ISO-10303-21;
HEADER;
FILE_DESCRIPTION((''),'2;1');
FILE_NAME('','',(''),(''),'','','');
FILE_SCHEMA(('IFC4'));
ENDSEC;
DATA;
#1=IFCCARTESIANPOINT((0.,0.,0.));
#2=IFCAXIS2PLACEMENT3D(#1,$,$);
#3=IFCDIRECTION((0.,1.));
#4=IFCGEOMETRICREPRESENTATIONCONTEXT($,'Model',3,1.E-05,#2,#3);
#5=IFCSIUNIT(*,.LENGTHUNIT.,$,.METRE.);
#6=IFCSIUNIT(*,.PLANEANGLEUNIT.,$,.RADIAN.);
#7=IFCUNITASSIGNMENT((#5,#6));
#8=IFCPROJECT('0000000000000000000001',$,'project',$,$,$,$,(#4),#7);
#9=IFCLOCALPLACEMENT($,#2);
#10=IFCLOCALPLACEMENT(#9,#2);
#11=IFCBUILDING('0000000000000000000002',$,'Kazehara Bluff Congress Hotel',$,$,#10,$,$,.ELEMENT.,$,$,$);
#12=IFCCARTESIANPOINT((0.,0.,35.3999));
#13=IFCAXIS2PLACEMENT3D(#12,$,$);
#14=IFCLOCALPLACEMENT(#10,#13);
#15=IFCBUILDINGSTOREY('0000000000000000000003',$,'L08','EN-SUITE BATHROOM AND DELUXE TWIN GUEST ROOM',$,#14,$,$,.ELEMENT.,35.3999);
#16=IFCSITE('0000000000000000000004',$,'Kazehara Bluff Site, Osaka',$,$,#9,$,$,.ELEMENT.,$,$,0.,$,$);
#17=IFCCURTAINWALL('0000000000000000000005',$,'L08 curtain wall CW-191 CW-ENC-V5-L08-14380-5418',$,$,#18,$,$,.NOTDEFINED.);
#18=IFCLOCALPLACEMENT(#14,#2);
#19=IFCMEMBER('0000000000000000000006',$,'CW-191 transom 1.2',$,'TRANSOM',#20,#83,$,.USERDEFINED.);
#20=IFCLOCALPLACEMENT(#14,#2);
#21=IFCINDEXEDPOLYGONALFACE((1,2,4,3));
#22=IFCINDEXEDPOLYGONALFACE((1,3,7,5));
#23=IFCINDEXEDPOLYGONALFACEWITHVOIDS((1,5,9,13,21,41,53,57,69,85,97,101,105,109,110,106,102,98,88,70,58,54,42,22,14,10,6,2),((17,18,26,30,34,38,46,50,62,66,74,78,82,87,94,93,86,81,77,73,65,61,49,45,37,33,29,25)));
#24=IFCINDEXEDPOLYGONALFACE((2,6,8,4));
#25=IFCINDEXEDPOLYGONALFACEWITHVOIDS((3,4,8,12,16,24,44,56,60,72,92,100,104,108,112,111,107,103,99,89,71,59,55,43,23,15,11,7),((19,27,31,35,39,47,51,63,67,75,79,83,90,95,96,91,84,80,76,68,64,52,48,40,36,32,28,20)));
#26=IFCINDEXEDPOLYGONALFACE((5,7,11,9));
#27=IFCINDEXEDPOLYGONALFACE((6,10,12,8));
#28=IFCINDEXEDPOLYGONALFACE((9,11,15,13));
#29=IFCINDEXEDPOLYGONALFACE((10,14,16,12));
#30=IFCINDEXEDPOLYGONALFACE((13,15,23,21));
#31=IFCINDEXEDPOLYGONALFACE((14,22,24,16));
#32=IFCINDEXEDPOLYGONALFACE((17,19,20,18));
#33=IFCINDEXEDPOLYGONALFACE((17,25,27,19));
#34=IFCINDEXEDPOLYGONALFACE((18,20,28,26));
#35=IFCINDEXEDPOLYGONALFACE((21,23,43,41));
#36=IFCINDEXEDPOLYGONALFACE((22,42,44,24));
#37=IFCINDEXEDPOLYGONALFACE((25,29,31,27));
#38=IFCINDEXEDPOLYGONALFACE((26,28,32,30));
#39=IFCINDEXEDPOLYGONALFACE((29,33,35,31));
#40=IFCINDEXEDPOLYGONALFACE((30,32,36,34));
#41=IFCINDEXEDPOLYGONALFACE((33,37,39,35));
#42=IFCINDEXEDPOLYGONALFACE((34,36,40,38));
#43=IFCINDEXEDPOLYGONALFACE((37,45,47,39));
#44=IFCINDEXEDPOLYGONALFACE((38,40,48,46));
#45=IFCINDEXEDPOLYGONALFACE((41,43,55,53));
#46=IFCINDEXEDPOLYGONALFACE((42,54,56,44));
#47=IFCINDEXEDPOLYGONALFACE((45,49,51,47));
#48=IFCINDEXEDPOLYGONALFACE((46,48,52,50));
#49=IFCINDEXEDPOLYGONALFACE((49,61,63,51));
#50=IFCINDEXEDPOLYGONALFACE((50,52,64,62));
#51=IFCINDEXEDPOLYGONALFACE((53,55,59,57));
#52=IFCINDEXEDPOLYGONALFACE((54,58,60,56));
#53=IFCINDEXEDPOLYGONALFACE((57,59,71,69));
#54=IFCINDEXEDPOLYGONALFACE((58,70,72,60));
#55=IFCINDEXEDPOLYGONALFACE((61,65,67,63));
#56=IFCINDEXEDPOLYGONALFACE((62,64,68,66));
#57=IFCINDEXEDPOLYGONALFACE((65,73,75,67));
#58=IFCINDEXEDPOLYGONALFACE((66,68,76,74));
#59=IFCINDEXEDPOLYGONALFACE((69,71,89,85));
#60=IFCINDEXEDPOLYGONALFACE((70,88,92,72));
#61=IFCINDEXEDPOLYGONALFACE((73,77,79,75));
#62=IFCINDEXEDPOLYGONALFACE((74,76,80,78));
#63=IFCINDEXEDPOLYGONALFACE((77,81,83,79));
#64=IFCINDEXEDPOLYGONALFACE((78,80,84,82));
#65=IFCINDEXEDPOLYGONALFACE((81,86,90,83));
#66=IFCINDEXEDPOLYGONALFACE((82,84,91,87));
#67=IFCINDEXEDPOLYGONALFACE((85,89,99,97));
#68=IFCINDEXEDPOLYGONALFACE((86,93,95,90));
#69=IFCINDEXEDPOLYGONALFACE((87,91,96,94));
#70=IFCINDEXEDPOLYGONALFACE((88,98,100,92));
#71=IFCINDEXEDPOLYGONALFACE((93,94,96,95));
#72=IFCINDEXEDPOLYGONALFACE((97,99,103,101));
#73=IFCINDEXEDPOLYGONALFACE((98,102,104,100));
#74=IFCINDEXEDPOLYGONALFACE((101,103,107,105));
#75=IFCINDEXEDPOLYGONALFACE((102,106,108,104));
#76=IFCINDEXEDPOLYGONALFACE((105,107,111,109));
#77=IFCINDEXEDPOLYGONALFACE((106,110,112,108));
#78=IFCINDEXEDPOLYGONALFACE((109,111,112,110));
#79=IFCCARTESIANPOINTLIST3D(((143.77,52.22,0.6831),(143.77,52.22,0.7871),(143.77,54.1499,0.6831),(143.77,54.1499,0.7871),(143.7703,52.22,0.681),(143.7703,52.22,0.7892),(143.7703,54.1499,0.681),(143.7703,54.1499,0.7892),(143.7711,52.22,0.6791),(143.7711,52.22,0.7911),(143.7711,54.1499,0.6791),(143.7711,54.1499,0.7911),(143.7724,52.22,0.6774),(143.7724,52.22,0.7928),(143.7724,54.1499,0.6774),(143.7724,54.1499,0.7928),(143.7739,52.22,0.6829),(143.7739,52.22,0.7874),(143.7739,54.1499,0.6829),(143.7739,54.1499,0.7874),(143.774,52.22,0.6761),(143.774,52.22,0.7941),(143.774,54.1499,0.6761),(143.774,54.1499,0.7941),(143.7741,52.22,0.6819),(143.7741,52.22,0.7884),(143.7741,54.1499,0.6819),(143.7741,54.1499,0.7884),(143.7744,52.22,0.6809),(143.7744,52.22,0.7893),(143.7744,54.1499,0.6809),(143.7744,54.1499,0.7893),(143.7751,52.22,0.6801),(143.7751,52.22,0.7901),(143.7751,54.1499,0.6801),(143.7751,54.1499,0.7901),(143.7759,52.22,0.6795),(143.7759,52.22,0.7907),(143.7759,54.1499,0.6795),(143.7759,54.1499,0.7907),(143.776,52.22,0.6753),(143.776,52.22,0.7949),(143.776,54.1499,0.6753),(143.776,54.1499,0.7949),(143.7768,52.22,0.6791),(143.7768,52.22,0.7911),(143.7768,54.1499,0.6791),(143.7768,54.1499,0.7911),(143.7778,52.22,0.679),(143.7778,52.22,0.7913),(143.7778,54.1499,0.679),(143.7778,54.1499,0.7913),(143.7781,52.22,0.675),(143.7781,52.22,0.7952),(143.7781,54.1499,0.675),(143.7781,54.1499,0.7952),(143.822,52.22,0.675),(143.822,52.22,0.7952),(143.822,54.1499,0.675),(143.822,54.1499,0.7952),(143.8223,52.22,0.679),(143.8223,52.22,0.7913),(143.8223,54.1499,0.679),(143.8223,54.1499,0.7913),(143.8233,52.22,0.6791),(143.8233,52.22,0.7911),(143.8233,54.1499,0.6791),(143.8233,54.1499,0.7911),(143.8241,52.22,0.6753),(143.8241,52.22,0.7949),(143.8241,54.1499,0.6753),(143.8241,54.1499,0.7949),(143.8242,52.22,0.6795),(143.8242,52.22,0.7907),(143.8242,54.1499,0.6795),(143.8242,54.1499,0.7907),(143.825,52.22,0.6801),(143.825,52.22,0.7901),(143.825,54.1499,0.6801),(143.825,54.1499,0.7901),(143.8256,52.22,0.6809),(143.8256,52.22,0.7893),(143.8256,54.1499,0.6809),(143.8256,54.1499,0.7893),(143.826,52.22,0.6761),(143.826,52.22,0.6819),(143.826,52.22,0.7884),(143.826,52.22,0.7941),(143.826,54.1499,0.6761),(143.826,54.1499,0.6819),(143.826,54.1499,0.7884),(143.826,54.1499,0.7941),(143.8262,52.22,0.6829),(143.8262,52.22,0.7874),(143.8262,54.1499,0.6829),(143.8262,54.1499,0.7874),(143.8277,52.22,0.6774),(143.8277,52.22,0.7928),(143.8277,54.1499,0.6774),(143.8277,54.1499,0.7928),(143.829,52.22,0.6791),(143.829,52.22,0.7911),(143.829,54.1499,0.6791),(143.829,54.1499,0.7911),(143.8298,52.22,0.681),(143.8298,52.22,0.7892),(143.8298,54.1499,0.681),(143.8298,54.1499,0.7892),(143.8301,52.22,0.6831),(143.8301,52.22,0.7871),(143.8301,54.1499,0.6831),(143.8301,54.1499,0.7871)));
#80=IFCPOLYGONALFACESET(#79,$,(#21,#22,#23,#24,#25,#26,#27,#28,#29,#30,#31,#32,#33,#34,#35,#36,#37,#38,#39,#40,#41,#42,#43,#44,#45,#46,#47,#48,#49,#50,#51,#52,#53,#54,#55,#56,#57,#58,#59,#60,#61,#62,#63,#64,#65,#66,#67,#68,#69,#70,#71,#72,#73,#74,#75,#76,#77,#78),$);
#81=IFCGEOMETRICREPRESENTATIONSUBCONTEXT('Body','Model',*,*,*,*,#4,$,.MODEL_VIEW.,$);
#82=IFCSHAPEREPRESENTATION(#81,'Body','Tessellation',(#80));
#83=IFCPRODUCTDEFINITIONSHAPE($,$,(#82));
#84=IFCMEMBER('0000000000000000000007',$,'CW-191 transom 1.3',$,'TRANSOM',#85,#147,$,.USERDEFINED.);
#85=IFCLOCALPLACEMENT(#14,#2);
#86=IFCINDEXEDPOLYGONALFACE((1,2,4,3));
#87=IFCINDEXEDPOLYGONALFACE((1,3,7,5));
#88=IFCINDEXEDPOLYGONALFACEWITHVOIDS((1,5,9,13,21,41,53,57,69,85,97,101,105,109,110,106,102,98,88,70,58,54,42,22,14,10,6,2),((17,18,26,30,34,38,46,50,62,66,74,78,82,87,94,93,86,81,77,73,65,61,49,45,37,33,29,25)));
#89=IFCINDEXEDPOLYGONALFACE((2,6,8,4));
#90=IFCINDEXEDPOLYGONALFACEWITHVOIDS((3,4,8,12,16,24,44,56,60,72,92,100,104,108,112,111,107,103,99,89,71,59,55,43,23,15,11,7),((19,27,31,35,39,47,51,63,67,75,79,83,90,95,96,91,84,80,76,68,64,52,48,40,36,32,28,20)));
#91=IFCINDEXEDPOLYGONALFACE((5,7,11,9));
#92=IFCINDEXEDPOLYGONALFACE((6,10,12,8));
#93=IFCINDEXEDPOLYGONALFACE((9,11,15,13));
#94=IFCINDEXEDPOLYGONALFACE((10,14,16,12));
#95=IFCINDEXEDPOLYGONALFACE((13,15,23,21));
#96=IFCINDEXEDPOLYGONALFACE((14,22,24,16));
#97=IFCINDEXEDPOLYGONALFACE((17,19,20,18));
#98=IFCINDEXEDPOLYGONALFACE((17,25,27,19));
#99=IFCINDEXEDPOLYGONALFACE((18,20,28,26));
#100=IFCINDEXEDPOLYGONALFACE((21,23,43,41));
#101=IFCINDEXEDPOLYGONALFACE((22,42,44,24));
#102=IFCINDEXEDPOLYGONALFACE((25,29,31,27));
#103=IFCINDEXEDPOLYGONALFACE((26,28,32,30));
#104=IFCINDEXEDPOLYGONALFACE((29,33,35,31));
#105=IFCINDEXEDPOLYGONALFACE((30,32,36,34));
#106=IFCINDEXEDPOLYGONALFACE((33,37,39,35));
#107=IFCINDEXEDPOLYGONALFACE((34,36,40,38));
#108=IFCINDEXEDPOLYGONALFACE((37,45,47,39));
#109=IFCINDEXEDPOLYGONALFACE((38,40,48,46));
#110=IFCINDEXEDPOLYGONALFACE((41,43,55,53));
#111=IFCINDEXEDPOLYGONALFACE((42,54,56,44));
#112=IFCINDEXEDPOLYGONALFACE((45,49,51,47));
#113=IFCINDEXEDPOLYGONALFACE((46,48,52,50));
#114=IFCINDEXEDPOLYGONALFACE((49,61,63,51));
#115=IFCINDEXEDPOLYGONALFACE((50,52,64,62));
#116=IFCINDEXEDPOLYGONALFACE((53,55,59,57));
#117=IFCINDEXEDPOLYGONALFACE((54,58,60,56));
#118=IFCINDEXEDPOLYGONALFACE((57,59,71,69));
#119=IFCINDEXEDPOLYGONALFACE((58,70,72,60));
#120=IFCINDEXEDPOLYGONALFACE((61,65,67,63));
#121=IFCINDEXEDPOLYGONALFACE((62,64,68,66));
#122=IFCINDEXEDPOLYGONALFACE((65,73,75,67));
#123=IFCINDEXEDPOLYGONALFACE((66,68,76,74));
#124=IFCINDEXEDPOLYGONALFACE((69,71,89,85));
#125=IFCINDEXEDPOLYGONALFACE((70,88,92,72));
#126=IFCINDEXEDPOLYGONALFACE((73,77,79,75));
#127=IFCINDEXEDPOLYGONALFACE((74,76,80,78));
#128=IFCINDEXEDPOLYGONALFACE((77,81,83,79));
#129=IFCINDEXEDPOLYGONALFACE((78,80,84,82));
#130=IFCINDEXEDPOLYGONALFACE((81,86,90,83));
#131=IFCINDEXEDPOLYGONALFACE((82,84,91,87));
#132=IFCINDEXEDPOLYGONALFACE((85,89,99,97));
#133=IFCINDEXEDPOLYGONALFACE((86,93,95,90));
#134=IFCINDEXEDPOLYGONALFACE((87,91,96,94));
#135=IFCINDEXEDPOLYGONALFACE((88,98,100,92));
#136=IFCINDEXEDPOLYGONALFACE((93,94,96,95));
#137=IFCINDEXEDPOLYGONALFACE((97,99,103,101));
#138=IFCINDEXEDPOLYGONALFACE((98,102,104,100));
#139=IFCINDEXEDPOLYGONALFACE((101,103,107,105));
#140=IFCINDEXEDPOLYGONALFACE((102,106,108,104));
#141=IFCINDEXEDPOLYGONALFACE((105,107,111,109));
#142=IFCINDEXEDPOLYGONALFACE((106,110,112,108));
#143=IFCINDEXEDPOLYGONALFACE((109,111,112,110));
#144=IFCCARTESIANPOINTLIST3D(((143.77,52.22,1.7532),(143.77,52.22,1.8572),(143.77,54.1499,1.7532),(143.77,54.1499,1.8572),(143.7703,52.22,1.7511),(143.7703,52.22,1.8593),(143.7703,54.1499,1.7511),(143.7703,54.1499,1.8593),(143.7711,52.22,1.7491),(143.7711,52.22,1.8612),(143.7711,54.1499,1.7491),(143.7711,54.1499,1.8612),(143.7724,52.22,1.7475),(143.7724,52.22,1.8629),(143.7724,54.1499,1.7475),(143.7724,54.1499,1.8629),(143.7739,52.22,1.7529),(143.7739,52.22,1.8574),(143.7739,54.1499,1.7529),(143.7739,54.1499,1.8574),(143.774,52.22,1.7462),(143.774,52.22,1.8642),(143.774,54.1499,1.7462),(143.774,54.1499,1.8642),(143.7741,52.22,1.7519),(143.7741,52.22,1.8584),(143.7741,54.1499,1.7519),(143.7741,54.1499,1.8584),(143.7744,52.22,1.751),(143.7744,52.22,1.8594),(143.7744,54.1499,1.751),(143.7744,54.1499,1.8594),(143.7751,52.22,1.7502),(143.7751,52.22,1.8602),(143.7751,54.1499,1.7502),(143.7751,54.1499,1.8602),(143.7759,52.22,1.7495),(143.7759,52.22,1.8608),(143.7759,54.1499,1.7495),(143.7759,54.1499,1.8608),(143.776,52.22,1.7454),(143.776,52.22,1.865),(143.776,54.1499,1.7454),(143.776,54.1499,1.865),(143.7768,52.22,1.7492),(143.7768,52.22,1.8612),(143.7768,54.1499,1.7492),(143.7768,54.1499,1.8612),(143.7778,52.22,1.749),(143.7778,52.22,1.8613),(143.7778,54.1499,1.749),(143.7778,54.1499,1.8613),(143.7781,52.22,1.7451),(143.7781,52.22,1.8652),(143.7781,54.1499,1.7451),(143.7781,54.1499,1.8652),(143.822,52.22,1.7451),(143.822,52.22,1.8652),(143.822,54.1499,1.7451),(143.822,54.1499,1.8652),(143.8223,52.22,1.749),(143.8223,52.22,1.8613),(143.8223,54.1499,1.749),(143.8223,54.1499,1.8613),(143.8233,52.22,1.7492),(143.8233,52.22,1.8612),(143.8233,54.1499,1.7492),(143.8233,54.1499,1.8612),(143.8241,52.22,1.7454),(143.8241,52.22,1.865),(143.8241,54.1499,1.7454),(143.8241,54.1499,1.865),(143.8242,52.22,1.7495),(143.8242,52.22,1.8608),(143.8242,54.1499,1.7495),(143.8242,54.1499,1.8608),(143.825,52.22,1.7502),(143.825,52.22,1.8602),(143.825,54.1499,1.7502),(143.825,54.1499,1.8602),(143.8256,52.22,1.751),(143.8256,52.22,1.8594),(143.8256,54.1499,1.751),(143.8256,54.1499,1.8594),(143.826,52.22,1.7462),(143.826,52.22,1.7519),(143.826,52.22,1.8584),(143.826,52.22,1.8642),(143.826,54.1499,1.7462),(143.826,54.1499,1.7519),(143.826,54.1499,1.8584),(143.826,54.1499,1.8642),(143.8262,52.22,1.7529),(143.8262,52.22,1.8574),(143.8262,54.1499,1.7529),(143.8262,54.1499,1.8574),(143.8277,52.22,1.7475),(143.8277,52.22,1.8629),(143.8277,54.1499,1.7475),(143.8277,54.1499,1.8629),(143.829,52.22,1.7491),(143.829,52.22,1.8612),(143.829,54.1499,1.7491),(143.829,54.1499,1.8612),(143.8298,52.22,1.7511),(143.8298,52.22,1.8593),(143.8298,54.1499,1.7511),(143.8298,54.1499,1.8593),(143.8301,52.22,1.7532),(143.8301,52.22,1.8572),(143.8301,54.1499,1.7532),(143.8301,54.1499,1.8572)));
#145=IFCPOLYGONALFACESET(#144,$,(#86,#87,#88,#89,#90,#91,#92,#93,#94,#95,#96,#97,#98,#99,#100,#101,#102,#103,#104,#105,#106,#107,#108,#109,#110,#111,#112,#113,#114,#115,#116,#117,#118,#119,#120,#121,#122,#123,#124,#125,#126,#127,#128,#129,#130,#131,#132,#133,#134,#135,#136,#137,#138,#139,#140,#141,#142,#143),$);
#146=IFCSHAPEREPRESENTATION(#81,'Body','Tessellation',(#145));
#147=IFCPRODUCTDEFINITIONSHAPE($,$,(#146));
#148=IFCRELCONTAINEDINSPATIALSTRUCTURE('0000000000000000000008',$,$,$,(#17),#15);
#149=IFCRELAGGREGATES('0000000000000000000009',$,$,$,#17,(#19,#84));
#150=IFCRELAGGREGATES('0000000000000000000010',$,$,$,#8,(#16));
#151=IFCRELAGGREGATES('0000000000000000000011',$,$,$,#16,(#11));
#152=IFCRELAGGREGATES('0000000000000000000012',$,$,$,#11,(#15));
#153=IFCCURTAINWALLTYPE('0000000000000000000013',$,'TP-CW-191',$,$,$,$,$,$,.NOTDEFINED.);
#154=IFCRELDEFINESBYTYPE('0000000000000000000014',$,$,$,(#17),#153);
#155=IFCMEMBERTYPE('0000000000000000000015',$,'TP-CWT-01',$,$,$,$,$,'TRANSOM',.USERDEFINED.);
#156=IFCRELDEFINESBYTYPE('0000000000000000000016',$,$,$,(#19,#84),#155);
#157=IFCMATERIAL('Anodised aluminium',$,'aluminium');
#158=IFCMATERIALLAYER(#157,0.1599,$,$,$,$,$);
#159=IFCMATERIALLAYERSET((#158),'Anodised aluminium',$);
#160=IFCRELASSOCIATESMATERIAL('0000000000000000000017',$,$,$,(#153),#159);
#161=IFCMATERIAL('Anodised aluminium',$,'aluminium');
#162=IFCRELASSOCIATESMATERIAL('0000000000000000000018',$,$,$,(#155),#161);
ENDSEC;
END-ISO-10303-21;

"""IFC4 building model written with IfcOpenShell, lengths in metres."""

from ifc_helpers import new_model, si_unit, direction, frame, origin, origin_2d, place, context, subcontext, project, spatial, hollow_rectangle, extrude, material, layer, layer_set, material_profile, profile_set, type_object, element, aggregate, save


model = new_model("IFC4")

# Units and contexts
model_context = context("Model", 3, precision=1e-05, world=origin(), true_north=direction((0.0, 1.0)))
body_context = subcontext(model_context, "Body", "Model", "MODEL_VIEW")
ifc_project = project(units=[si_unit("LENGTHUNIT", "METRE"), si_unit("PLANEANGLEUNIT", "RADIAN")], contexts=[model_context])

# Site, building, storey
site_placement = place(None, origin())
site = spatial("IfcSite", under=ifc_project, at=site_placement, Name="Kazehara Bluff Site, Osaka", CompositionType="ELEMENT", RefElevation=0.0)
building_placement = place(site_placement, origin())
building = spatial("IfcBuilding", under=site, at=building_placement, Name="Kazehara Bluff Congress Hotel", CompositionType="ELEMENT")
storey_placement = place(building_placement, frame((0.0, 0.0, 35.3999)))
storey = spatial("IfcBuildingStorey", under=building, at=storey_placement, Name="L08", Description="EN-SUITE BATHROOM AND DELUXE TWIN GUEST ROOM", CompositionType="ELEMENT", Elevation=35.3999)

# Curtain wall, members
ifc_material_1 = material(Name="Anodised aluminium", Category="aluminium")
ifc_layer_1 = layer(ifc_material_1, 0.1599)
ifc_layer_set_1 = layer_set([ifc_layer_1], Name="Anodised aluminium")
curtain_wall_type_1 = type_object("IfcCurtainWallType", Name="TP-CW-191", PredefinedType="NOTDEFINED", material=ifc_layer_set_1)
curtain_wall_1_placement = place(storey_placement, origin())
curtain_wall_1 = element("IfcCurtainWall", 1, at=curtain_wall_1_placement, inside=storey, type_object=curtain_wall_type_1, Name="L08 curtain wall CW-191 CW-ENC-V5-L08-14380-5418", PredefinedType="NOTDEFINED")
ifc_material_2 = material(Name="Anodised aluminium", Category="aluminium")
ifc_material_profile_1 = material_profile(ifc_material_2, hollow_rectangle(XDim=0.0601, YDim=0.1201, WallThickness=0.0039, InnerFilletRadius=0.0039, OuterFilletRadius=0.0081, at=origin_2d()))
ifc_profile_set_1 = profile_set([ifc_material_profile_1], Name="Anodised aluminium")
member_type_1 = type_object("IfcMemberType", Name="TP-CWT-01", ElementType="TRANSOM", PredefinedType="USERDEFINED", material=ifc_profile_set_1)
member_1_placement = place(storey_placement, frame((143.8, 52.22, 0.7351), z_axis=(0.0, 1.0, 0.0), x_axis=(-1.0, 0.0, 0.0)))
member_1 = element("IfcMember", 2, at=member_1_placement, type_object=member_type_1, Name="CW-191 transom 1.2", ObjectType="TRANSOM", PredefinedType="USERDEFINED", context=body_context, shape_type="SweptSolid", body=[
    extrude(hollow_rectangle(XDim=0.0601, YDim=0.1201, WallThickness=0.0039, InnerFilletRadius=0.0039, OuterFilletRadius=0.0081, at=origin_2d()), origin(), (0.0, 0.0, 1.0), 1.9299),
])
member_2_placement = place(storey_placement, frame((143.8, 52.22, 1.8052), z_axis=(0.0, 1.0, 0.0), x_axis=(-1.0, 0.0, 0.0)))
member_2 = element("IfcMember", 3, at=member_2_placement, type_object=member_type_1, Name="CW-191 transom 1.3", ObjectType="TRANSOM", PredefinedType="USERDEFINED", context=body_context, shape_type="SweptSolid", body=[
    extrude(hollow_rectangle(XDim=0.0601, YDim=0.1201, WallThickness=0.0039, InnerFilletRadius=0.0039, OuterFilletRadius=0.0081, at=origin_2d()), origin(), (0.0, 0.0, 1.0), 1.9299),
])

aggregate(curtain_wall_1, [member_1, member_2])

save(model, "model.ifc")
